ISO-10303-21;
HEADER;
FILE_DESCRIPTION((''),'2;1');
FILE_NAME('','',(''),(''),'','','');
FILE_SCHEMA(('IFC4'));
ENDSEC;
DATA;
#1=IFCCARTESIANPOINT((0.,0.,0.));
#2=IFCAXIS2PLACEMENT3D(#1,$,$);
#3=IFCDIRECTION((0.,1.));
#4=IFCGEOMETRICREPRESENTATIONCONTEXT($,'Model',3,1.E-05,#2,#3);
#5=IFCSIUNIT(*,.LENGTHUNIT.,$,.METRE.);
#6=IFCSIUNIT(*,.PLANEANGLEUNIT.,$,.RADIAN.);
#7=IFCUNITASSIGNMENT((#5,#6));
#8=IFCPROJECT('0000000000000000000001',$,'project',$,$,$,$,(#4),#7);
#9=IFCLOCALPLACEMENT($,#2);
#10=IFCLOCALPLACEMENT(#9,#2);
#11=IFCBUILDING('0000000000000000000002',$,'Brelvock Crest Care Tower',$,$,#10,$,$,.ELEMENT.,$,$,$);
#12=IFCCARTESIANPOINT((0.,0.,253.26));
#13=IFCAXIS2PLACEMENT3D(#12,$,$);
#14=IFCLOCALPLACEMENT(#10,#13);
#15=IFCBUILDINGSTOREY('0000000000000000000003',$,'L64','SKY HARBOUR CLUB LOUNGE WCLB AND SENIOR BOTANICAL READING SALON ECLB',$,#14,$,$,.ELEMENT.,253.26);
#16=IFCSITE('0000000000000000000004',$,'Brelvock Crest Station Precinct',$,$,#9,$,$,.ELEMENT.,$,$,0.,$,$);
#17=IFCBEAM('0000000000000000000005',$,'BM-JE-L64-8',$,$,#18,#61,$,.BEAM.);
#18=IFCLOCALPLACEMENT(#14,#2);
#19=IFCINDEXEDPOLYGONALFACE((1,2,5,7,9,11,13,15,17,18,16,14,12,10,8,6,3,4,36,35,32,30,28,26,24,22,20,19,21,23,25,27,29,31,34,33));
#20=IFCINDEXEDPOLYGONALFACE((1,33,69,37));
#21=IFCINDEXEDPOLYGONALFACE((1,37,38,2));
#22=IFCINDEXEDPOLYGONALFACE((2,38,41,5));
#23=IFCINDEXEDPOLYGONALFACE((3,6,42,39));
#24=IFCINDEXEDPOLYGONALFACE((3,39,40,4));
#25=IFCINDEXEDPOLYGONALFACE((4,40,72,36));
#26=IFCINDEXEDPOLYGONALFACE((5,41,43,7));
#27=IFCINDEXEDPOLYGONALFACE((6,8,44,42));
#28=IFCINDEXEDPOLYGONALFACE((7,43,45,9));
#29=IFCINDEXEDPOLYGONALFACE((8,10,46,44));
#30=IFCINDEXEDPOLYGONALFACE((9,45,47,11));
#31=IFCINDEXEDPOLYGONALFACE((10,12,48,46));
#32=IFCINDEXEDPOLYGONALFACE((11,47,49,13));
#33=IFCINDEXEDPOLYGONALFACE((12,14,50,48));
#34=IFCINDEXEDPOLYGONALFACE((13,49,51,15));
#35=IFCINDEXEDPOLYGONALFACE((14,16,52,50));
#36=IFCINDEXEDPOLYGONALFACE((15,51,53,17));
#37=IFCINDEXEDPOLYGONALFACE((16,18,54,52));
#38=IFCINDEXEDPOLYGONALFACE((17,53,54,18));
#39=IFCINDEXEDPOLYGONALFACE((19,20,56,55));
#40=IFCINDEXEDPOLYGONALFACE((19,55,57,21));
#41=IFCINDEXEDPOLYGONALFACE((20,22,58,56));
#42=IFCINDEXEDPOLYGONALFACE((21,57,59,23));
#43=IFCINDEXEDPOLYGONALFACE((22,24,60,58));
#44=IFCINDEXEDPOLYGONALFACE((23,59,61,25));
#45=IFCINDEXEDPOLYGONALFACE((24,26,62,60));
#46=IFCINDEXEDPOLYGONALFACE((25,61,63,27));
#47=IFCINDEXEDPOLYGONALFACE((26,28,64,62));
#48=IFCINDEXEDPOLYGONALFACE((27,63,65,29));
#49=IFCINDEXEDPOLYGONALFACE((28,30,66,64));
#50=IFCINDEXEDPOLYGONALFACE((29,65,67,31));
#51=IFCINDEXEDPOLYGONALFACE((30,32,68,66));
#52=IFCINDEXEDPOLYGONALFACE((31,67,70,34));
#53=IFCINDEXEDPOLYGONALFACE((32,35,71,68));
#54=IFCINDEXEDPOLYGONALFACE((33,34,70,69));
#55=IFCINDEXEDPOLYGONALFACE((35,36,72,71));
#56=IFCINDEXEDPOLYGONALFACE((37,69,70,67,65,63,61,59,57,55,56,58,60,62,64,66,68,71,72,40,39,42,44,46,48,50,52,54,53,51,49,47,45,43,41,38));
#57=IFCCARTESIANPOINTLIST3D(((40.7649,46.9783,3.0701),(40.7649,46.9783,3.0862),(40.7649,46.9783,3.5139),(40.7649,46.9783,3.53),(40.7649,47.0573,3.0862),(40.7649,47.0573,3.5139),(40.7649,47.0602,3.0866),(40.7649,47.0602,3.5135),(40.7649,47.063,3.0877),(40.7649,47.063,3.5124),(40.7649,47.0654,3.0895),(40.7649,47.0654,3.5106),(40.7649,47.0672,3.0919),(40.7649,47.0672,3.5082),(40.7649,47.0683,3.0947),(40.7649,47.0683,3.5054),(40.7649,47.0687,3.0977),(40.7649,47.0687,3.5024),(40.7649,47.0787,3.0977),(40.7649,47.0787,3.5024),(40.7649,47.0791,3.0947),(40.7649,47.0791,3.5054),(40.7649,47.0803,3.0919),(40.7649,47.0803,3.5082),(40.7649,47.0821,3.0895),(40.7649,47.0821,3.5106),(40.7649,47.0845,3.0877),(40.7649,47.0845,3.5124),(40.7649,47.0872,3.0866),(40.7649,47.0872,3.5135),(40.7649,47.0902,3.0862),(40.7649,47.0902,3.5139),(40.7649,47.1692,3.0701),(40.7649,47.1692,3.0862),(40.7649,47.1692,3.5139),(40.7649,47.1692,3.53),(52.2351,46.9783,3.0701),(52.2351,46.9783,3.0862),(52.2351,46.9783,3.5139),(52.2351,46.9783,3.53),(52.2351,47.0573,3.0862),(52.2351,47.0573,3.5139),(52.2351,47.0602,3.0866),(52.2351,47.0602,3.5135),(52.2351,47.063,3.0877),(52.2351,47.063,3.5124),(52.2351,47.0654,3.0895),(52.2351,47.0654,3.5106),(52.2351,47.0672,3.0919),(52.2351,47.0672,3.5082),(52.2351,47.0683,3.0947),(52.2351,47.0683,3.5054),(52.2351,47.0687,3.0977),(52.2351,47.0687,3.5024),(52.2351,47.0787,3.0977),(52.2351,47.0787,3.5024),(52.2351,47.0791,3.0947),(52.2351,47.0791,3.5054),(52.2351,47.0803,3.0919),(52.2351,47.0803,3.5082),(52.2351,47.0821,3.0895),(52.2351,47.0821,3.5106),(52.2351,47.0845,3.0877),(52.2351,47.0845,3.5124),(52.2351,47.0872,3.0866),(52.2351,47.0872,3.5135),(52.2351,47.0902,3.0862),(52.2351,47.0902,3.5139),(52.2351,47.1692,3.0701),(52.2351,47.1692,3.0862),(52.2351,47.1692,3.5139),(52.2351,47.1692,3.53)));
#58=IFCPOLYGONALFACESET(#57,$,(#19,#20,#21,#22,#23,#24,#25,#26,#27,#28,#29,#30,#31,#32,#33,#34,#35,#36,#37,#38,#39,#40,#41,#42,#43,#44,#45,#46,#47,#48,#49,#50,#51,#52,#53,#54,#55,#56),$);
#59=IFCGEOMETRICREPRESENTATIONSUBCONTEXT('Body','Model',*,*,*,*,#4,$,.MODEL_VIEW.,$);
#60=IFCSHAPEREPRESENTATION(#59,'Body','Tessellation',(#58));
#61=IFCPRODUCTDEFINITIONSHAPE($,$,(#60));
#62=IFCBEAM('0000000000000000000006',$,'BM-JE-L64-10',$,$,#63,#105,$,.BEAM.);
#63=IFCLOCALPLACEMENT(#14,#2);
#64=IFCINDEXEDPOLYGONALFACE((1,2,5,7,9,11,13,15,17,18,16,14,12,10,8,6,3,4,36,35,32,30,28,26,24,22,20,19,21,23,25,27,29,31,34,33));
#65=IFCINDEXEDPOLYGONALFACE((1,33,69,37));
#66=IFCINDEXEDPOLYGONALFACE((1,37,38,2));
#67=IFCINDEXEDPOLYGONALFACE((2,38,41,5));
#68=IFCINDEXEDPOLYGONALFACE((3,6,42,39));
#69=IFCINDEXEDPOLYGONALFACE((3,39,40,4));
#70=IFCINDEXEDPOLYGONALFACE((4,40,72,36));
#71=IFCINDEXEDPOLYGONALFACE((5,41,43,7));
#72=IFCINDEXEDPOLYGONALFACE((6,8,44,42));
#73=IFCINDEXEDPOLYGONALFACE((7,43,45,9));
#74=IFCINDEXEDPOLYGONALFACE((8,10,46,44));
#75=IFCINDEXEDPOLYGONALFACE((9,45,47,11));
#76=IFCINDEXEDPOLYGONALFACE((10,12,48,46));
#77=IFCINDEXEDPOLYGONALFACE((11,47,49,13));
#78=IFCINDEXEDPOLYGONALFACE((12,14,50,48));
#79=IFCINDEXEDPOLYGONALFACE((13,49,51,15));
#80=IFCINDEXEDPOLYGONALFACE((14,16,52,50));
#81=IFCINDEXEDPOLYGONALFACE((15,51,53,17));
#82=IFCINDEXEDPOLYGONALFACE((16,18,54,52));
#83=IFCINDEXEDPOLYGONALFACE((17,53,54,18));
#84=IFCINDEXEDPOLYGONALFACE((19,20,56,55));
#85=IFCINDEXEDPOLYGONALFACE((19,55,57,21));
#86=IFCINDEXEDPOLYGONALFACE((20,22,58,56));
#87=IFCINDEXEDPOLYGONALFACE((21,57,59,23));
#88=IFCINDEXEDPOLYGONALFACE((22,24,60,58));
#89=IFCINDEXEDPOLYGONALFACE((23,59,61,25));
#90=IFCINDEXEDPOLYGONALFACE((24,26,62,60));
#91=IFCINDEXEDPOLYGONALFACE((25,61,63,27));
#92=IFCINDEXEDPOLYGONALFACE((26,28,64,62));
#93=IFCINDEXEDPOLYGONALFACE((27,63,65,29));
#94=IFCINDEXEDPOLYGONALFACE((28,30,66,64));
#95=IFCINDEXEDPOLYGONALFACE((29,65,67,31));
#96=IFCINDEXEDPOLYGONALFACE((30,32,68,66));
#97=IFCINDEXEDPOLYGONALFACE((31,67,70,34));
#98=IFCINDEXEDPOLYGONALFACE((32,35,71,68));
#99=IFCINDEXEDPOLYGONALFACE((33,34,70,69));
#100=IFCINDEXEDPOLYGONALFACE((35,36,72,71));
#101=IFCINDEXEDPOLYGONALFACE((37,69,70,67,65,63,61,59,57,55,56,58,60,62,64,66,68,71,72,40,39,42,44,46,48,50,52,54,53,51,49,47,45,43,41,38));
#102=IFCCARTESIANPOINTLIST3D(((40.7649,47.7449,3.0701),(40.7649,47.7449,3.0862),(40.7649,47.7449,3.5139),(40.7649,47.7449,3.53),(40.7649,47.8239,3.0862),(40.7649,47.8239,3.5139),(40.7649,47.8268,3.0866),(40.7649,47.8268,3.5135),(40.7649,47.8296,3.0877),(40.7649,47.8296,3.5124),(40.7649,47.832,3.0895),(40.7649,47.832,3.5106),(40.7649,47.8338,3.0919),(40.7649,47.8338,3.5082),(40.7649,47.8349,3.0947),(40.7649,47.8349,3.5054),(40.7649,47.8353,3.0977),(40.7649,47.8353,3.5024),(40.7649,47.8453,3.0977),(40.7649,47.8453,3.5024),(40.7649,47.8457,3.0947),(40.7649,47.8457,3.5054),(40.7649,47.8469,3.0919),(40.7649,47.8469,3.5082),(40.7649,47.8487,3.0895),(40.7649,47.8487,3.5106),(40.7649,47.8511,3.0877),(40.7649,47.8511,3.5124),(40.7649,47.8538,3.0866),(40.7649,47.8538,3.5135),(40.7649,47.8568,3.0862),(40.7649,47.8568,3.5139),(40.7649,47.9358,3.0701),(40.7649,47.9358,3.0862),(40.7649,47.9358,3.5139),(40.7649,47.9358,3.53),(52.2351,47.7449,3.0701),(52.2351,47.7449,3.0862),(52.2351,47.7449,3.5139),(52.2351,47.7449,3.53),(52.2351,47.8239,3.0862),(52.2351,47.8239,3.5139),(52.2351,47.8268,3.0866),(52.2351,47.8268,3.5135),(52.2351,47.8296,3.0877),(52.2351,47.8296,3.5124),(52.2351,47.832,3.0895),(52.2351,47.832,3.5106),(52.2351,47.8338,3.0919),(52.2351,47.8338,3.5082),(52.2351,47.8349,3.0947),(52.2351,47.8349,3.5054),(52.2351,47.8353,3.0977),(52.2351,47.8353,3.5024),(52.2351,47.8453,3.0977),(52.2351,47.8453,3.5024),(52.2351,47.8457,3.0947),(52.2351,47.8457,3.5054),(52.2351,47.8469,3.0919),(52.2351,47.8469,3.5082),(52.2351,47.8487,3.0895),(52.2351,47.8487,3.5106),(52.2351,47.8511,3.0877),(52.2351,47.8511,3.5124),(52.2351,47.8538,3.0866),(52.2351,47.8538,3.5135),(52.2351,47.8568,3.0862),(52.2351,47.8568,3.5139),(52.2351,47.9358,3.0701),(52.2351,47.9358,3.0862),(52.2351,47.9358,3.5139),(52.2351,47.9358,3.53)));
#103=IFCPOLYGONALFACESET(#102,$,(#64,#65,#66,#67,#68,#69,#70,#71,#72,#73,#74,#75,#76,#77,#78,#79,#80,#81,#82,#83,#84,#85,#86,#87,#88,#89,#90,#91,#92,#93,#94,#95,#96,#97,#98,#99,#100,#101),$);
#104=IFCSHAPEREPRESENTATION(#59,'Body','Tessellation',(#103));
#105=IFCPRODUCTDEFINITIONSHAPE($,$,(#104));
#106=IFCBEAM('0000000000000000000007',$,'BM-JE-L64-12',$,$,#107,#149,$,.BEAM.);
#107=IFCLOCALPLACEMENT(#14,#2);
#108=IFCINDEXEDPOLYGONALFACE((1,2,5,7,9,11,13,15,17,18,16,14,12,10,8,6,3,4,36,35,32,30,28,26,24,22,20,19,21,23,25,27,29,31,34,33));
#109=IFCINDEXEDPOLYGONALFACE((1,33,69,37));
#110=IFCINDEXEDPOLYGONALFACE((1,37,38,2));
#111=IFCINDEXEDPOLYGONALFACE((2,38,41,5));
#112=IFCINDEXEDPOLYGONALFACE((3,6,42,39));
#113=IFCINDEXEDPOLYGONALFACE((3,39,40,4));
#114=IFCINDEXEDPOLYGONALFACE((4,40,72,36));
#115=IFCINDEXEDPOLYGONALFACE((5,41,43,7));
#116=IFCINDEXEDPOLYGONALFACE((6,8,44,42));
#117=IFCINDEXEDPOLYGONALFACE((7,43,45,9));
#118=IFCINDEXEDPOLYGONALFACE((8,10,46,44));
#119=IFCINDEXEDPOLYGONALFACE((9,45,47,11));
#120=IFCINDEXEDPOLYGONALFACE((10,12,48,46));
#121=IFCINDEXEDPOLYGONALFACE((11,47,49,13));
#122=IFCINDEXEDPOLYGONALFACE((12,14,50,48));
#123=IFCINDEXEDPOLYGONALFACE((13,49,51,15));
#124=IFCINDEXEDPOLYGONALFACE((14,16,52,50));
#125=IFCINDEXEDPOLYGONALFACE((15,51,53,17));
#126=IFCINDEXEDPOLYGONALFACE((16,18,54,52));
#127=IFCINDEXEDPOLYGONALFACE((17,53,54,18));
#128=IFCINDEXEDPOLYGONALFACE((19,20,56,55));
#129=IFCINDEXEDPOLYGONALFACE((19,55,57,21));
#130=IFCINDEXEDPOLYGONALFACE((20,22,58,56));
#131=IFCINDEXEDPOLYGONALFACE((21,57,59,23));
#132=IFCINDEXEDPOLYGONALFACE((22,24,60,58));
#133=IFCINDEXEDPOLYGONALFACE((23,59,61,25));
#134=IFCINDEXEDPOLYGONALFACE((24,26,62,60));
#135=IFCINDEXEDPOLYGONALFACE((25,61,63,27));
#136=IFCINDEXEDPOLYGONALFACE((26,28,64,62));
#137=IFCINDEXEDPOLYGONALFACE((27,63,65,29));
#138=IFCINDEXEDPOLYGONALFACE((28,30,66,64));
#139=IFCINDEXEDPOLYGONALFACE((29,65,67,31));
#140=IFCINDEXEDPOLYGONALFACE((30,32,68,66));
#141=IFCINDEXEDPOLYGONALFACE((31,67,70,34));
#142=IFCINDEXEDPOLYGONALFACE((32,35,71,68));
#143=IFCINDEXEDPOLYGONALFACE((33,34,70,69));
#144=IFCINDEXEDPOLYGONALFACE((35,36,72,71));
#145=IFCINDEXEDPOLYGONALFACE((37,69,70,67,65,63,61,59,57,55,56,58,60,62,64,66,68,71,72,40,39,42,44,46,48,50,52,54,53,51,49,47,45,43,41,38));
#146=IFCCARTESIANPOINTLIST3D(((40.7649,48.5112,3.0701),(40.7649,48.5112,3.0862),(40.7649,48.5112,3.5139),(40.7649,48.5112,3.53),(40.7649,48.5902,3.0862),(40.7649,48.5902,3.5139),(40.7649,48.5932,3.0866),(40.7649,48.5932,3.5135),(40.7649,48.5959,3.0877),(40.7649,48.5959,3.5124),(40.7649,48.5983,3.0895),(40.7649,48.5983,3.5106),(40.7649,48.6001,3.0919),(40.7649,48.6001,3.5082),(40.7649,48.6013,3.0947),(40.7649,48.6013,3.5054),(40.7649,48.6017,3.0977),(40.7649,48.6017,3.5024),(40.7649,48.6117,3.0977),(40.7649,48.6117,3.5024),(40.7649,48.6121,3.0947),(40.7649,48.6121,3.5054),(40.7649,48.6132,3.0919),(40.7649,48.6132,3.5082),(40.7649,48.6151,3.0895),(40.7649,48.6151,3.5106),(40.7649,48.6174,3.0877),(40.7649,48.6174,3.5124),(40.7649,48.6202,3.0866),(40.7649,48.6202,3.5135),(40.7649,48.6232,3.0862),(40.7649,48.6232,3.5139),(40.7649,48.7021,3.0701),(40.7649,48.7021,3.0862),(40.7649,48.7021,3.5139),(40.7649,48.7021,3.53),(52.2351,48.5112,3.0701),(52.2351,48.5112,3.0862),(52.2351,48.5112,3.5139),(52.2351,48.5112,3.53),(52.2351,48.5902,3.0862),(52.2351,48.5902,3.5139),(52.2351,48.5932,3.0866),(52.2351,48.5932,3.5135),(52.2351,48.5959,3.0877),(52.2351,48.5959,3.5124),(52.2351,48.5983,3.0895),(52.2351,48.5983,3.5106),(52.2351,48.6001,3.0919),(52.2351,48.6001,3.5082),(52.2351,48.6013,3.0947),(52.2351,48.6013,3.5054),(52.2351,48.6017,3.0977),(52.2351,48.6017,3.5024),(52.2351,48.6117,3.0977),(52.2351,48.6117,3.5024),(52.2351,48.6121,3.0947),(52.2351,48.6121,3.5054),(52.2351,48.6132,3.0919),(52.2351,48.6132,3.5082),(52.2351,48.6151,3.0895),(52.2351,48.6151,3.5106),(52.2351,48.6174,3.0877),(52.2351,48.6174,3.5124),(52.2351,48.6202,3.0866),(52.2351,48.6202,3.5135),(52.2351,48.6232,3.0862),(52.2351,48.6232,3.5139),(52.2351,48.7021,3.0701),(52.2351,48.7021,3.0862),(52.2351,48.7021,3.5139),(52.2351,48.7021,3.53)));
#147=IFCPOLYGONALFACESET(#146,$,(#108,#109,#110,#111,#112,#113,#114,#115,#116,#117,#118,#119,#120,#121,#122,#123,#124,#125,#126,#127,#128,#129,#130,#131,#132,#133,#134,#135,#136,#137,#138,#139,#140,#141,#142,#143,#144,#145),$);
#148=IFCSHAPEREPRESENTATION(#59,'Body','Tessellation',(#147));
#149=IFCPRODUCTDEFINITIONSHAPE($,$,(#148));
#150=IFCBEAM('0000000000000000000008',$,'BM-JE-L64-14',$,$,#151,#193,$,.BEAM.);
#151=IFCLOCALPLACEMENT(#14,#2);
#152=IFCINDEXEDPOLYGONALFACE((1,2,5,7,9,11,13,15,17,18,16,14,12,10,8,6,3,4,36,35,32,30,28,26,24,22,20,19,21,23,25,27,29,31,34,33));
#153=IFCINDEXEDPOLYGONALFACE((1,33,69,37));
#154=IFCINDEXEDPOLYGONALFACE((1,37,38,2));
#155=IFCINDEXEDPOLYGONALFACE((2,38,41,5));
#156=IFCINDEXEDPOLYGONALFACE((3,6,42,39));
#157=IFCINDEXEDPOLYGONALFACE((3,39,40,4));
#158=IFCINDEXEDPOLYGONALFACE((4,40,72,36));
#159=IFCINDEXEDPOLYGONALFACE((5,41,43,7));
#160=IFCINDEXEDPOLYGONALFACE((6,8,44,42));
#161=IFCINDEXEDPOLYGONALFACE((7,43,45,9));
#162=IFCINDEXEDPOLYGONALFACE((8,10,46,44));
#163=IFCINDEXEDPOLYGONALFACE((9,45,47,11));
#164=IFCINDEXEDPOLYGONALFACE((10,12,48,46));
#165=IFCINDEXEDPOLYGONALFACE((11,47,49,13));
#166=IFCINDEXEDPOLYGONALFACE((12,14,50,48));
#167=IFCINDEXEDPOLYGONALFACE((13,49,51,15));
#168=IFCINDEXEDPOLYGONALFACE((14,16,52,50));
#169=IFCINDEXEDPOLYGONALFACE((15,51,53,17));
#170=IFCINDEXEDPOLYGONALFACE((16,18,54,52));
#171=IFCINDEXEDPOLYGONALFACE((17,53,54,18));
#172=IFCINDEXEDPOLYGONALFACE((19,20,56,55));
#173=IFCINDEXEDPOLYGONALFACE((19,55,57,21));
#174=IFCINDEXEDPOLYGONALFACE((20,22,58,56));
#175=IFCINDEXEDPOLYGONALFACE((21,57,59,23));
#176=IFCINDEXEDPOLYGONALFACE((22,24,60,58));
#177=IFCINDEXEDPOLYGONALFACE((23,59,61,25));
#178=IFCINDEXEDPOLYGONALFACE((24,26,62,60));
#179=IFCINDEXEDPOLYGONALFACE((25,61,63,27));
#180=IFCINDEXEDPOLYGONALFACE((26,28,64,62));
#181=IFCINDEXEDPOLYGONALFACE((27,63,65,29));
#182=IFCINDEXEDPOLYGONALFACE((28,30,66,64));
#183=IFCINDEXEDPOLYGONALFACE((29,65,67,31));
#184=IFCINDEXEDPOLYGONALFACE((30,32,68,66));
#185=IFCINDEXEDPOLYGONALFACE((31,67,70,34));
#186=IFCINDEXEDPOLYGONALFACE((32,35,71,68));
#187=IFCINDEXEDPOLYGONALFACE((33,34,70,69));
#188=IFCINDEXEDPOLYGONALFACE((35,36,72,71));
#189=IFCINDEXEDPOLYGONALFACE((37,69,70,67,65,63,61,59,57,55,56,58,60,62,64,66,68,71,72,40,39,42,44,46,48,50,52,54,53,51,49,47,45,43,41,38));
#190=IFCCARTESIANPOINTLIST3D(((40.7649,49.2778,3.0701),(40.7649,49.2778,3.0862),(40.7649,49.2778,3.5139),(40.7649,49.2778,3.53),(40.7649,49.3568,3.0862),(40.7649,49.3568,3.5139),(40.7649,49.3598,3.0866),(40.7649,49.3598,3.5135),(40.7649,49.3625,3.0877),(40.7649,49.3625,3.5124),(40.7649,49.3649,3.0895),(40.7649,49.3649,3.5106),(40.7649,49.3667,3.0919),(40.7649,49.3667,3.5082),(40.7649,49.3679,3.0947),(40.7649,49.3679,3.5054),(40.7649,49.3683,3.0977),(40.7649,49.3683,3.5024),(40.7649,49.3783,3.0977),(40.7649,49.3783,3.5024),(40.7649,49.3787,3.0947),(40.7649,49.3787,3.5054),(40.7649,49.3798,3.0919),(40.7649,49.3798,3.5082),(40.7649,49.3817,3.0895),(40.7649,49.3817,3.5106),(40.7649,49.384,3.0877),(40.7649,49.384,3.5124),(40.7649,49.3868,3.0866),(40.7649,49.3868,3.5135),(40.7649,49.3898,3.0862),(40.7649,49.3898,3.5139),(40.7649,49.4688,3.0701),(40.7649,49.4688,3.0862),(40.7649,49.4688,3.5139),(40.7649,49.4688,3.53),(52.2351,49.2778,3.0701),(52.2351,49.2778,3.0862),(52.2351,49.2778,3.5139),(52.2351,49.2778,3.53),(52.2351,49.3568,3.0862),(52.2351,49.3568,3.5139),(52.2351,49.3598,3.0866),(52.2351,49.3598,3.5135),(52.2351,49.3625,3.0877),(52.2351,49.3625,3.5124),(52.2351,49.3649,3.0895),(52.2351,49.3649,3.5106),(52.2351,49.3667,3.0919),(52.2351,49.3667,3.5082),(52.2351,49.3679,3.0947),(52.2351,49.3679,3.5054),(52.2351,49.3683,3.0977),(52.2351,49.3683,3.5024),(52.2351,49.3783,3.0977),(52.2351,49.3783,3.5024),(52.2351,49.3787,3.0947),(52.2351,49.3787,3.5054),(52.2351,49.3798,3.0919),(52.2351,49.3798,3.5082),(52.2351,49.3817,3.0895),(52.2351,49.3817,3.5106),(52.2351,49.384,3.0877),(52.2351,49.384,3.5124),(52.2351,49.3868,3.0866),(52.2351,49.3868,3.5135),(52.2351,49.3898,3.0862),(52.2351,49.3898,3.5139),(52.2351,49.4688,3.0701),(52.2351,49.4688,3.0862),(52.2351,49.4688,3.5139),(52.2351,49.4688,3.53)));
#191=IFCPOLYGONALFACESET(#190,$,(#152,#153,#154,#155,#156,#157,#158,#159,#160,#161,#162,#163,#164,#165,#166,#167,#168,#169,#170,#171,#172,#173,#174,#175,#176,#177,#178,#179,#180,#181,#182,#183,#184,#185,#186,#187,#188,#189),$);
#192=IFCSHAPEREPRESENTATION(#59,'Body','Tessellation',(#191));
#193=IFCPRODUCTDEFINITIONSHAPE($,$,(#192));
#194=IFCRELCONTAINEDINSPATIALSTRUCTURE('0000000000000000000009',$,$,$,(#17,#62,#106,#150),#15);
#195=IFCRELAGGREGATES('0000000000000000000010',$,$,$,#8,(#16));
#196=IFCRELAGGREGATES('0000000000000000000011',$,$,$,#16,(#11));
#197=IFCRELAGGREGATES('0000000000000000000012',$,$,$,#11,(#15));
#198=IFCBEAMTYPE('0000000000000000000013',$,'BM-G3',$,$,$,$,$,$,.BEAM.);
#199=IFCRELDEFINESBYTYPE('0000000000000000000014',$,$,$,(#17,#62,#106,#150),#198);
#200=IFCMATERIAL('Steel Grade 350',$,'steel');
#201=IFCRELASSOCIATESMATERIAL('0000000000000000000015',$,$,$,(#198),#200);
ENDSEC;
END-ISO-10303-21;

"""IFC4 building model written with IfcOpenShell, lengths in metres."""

from ifc_helpers import new_model, si_unit, direction, frame, origin, origin_2d, place, context, subcontext, project, spatial, i_section, extrude, source, transform, mapped, material, material_profile, profile_set, type_object, element, save


model = new_model("IFC4")

# Units and contexts
model_context = context("Model", 3, precision=1e-05, world=origin(), true_north=direction((0.0, 1.0)))
body_context = subcontext(model_context, "Body", "Model", "MODEL_VIEW")
ifc_project = project(units=[si_unit("LENGTHUNIT", "METRE"), si_unit("PLANEANGLEUNIT", "RADIAN")], contexts=[model_context])

# Site, building, storey
site_placement = place(None, origin())
site = spatial("IfcSite", under=ifc_project, at=site_placement, Name="Brelvock Crest Station Precinct", CompositionType="ELEMENT", RefElevation=0.0)
building_placement = place(site_placement, origin())
building = spatial("IfcBuilding", under=site, at=building_placement, Name="Brelvock Crest Care Tower", CompositionType="ELEMENT")
storey_placement = place(building_placement, frame((0.0, 0.0, 253.26)))
storey = spatial("IfcBuildingStorey", under=building, at=storey_placement, Name="L64", Description="SKY HARBOUR CLUB LOUNGE WCLB AND SENIOR BOTANICAL READING SALON ECLB", CompositionType="ELEMENT", Elevation=253.26)

# Beams
ifc_material_1 = material(Name="Steel Grade 350", Category="steel")
ifc_material_profile_1 = material_profile(ifc_material_1, i_section(OverallWidth=0.1909, OverallDepth=0.46, WebThickness=0.01, FlangeThickness=0.0161, FilletRadius=0.0115, at=origin_2d()), Name="460UB82.1")
ifc_profile_set_1 = profile_set([ifc_material_profile_1], Name="Steel Grade 350")
beam_type_1 = type_object("IfcBeamType", Name="BM-G3", PredefinedType="BEAM", material=ifc_profile_set_1)
shared_shape_1 = source(origin(), body_context, "Body", "SweptSolid", [
    extrude(i_section(OverallWidth=0.1909, OverallDepth=0.46, WebThickness=0.01, FlangeThickness=0.0161, FilletRadius=0.0115, at=origin_2d()), origin(), (0.0, 0.0, 1.0), 11.4702),
])
for number, where, z_axis, x_axis, name in (
    (1, (40.7649, 47.0737, 3.3), (1.0, 0.0, 0.0), (0.0, 1.0, 0.0), "BM-JE-L64-8"),
    (2, (40.7649, 47.8403, 3.3), (1.0, 0.0, 0.0), (0.0, 1.0, 0.0), "BM-JE-L64-10"),
    (3, (40.7649, 48.6067, 3.3), (1.0, 0.0, 0.0), (0.0, 1.0, 0.0), "BM-JE-L64-12"),
    (4, (40.7649, 49.3733, 3.3), (1.0, 0.0, 0.0), (0.0, 1.0, 0.0), "BM-JE-L64-14"),
):
    element("IfcBeam", number, at=place(storey_placement, frame(where, z_axis=z_axis, x_axis=x_axis)), inside=storey, type_object=beam_type_1, Name=name, PredefinedType="BEAM", context=body_context, shape_type="MappedRepresentation", body=[
        mapped(shared_shape_1, transform((0.0, 0.0, 0.0), x_axis=(1.0, 0.0, 0.0), y_axis=(0.0, 1.0, 0.0), z_axis=(0.0, 0.0, 1.0), scale=1.0)),
    ])

save(model, "model.ifc")
